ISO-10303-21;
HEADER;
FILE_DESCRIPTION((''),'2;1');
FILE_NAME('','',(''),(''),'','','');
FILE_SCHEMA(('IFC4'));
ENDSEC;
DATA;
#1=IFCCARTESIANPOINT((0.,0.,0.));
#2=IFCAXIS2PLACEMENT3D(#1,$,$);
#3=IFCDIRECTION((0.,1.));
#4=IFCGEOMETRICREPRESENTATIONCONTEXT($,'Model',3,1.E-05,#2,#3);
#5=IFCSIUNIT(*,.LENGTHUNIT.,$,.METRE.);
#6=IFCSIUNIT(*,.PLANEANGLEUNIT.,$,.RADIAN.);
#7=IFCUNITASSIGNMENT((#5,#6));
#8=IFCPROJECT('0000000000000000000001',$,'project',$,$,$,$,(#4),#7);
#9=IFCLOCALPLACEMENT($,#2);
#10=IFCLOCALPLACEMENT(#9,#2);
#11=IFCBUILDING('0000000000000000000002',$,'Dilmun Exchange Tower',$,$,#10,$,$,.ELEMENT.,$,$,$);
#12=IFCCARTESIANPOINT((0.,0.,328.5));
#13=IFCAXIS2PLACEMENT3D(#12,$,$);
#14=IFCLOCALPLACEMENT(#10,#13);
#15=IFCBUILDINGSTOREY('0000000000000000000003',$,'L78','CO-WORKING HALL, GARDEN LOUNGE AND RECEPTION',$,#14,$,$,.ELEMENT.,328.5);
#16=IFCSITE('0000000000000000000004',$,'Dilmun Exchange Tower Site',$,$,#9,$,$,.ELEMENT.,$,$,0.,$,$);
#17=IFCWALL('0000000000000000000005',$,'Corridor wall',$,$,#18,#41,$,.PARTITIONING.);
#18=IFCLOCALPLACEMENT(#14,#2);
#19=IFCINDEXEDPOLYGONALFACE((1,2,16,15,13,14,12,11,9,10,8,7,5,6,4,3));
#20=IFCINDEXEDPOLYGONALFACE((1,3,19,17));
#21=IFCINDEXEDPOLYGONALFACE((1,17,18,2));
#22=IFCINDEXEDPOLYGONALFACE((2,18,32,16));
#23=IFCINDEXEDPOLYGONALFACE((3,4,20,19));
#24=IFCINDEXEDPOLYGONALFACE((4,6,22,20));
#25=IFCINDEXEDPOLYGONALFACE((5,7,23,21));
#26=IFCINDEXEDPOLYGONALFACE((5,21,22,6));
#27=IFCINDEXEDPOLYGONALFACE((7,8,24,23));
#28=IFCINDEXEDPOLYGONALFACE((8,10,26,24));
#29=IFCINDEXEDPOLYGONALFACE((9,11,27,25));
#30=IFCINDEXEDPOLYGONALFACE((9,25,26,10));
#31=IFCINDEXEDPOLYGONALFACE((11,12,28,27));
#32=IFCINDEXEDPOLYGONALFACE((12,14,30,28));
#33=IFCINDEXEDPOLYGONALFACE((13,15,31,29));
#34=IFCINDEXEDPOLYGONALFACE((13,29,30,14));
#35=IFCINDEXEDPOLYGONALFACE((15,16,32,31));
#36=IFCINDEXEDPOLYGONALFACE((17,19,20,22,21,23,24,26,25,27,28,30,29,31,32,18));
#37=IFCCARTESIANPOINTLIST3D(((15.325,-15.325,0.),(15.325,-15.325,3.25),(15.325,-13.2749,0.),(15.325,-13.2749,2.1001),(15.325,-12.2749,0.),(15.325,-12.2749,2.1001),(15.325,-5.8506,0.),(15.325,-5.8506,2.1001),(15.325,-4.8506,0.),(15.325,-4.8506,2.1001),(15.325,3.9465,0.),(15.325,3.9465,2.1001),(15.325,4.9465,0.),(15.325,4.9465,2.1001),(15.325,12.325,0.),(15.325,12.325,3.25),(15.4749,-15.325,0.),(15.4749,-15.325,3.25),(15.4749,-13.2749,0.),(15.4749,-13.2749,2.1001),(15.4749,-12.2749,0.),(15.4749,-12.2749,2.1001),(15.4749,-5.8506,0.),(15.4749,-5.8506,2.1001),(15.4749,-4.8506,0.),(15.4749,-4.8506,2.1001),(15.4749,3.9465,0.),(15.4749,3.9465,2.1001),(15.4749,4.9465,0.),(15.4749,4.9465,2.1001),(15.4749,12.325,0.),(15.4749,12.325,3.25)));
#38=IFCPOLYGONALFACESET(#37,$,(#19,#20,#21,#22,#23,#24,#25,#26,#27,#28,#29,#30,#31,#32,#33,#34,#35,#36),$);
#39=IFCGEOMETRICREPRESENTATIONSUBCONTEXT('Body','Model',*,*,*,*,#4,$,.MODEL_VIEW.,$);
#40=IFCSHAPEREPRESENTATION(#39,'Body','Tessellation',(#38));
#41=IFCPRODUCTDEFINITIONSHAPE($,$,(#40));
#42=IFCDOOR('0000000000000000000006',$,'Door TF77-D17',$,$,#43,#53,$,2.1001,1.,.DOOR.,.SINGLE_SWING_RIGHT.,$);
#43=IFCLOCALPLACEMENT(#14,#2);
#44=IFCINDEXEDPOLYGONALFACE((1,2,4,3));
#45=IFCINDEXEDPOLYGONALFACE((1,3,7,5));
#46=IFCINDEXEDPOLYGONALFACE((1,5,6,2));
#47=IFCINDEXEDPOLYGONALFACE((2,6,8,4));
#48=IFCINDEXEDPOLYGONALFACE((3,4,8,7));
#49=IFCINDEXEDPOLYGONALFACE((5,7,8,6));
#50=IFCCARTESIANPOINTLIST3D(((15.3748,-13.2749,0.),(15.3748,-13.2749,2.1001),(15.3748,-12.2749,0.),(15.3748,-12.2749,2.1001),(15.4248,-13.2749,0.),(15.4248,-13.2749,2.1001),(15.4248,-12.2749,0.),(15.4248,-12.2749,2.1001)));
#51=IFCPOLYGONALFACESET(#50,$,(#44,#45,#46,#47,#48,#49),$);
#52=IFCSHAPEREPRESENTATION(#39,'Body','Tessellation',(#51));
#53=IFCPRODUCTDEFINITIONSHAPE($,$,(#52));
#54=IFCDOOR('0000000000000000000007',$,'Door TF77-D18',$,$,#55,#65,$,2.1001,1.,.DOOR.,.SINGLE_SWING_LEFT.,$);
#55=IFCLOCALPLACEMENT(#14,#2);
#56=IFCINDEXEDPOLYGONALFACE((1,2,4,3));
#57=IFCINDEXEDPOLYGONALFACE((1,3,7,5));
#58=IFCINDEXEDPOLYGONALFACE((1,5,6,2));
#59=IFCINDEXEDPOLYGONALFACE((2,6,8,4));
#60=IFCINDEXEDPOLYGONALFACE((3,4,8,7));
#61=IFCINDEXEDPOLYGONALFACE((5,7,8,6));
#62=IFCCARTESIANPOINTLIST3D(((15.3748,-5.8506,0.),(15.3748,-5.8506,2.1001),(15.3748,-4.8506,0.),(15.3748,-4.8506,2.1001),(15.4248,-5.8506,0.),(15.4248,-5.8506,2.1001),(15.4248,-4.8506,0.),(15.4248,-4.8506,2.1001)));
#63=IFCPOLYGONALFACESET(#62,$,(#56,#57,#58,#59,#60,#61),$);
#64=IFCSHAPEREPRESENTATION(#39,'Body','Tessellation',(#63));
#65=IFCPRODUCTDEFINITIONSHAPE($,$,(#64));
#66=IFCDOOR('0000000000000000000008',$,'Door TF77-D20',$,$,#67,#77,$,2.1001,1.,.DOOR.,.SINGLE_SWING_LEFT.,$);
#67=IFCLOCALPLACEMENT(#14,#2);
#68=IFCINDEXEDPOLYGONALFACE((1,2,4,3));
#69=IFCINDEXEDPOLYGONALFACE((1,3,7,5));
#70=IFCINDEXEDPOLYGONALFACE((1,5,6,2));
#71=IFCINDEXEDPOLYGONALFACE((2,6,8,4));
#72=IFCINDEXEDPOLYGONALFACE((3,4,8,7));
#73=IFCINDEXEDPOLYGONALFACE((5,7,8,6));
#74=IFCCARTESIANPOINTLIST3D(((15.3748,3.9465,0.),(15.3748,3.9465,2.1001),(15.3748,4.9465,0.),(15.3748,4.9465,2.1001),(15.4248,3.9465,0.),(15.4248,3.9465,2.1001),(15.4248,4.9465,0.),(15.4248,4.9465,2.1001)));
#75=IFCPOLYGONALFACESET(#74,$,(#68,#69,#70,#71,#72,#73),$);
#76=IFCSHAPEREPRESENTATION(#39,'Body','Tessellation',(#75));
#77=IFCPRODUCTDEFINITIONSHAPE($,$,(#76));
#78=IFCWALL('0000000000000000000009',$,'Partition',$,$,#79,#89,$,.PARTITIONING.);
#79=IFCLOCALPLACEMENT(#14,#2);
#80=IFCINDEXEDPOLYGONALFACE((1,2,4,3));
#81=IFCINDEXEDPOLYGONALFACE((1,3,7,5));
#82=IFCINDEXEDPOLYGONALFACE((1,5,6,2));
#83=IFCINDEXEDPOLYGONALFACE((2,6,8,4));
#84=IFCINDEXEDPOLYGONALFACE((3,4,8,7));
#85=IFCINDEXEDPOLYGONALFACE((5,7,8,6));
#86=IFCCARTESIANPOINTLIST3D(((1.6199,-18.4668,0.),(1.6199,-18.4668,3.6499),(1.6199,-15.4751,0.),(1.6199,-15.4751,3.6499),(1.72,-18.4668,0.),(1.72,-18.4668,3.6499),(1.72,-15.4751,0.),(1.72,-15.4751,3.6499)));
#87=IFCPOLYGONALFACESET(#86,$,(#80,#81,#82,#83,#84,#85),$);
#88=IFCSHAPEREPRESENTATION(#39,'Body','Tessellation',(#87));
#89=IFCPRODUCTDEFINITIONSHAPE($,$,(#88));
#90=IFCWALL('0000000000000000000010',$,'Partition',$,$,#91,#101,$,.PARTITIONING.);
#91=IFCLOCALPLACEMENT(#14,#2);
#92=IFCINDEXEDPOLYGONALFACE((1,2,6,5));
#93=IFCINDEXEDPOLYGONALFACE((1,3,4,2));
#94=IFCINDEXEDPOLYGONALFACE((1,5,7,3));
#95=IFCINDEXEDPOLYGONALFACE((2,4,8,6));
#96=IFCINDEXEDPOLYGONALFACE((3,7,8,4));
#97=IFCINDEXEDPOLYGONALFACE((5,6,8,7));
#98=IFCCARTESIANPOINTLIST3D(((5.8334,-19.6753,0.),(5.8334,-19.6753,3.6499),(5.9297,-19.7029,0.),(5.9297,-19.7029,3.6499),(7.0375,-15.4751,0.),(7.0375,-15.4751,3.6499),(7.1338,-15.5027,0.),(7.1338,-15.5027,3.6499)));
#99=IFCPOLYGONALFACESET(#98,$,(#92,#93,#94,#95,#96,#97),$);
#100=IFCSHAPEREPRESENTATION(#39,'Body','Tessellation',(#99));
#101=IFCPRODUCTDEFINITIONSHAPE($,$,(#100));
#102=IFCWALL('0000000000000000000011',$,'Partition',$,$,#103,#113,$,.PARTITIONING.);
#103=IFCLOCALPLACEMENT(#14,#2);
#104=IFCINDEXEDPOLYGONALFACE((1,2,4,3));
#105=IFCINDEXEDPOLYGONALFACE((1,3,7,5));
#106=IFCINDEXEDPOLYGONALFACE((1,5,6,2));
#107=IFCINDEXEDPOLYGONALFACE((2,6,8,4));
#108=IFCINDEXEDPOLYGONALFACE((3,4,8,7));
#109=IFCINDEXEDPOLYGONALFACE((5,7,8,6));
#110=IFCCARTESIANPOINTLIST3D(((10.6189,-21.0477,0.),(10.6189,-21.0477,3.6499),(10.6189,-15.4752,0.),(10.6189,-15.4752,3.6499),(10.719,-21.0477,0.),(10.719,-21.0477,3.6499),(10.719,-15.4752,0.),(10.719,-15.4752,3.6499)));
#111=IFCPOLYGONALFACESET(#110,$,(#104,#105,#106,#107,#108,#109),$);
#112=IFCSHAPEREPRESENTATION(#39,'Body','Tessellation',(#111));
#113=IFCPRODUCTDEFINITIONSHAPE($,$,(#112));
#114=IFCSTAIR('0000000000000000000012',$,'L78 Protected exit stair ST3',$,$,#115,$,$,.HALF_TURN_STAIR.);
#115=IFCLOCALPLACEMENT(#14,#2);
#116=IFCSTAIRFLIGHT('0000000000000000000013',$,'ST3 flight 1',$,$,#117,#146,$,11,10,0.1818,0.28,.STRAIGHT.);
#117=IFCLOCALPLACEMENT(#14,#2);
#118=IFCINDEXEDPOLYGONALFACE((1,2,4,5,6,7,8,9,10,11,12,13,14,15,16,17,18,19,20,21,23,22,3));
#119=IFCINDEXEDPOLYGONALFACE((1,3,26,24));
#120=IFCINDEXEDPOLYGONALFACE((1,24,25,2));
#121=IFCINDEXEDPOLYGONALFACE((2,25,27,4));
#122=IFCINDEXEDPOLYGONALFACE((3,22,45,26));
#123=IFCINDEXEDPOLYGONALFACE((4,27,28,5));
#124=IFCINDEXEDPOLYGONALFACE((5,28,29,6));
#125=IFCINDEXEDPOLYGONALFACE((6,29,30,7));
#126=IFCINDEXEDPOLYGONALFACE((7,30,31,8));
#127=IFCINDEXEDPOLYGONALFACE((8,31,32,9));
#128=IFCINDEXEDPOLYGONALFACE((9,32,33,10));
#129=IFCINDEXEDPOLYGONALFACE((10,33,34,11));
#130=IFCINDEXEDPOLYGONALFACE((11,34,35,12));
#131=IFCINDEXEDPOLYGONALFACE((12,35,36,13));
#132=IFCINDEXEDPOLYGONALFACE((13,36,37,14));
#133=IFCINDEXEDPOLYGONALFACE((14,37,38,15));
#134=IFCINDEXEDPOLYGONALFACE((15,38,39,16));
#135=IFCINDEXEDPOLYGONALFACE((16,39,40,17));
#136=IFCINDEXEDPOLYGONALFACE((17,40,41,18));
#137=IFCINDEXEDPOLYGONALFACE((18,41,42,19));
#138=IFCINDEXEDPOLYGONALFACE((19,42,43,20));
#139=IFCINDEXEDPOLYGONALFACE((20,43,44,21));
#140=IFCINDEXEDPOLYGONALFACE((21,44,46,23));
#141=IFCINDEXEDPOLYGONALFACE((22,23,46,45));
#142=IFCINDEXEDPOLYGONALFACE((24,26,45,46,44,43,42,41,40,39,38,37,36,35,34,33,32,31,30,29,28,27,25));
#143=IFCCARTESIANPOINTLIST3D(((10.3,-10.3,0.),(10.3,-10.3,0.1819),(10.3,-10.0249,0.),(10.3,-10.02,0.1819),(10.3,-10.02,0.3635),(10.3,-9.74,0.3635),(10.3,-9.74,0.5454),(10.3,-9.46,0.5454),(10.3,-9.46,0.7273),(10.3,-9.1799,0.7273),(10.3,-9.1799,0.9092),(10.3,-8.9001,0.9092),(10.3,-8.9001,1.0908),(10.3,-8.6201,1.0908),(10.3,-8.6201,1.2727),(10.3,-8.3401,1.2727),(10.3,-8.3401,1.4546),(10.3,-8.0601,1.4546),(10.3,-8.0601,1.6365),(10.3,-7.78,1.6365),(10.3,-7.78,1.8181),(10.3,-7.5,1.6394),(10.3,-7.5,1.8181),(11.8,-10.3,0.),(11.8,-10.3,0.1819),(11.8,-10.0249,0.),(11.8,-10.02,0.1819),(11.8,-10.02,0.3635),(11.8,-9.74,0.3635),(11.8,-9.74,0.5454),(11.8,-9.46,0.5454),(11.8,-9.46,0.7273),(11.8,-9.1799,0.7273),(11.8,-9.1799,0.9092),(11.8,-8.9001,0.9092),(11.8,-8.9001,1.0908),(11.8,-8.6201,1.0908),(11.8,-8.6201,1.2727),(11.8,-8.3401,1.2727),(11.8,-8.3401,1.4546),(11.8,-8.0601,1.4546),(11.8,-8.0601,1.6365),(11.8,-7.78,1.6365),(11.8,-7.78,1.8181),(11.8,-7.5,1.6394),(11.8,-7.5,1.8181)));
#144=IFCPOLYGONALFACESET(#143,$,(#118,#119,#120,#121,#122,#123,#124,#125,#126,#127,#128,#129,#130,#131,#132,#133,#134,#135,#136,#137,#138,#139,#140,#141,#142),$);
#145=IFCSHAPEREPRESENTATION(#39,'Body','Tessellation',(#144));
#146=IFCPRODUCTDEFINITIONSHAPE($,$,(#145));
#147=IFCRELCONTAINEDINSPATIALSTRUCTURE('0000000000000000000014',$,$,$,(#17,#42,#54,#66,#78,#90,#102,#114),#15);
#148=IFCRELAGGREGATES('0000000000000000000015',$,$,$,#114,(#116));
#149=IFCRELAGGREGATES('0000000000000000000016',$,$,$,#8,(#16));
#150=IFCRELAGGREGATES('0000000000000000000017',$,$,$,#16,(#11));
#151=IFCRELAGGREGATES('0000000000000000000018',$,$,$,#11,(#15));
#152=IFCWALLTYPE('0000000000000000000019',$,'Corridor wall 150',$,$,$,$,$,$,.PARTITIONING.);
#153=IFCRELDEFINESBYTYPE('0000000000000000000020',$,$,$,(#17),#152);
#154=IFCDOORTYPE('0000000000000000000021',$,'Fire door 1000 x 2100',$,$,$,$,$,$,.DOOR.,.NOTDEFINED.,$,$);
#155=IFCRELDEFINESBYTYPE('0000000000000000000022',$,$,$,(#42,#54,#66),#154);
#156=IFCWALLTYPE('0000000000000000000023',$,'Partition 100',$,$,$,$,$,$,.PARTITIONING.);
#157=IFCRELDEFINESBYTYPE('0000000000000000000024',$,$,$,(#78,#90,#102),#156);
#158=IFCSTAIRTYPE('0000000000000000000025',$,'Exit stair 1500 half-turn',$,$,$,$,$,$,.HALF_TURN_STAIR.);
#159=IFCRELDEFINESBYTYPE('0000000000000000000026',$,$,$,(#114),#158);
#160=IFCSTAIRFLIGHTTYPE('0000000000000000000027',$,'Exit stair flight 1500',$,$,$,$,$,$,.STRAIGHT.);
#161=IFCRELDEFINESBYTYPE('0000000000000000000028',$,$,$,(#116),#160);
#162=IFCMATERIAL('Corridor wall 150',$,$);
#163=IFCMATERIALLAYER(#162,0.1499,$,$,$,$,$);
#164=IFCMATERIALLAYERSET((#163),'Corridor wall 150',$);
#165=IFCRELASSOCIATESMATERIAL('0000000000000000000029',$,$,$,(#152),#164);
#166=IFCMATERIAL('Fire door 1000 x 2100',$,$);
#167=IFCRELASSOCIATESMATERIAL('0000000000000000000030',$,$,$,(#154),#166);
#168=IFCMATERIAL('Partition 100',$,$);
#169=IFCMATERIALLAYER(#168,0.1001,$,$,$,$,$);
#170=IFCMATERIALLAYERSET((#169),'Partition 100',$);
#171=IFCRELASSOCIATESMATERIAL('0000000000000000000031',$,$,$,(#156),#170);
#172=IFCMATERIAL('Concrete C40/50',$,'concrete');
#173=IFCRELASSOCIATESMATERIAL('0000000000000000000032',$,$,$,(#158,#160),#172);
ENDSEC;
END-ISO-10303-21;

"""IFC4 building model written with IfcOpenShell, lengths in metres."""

from ifc_helpers import new_model, si_unit, direction, frame, frame_2d, origin, place, context, subcontext, project, spatial, polyline, rectangle, outline, extrude, material, layer, layer_set, type_object, element, fill, aggregate, save


model = new_model("IFC4")

# Units and contexts
model_context = context("Model", 3, precision=1e-05, world=origin(), true_north=direction((0.0, 1.0)))
body_context = subcontext(model_context, "Body", "Model", "MODEL_VIEW")
ifc_project = project(units=[si_unit("LENGTHUNIT", "METRE"), si_unit("PLANEANGLEUNIT", "RADIAN")], contexts=[model_context])

# Site, building, storey
site_placement = place(None, origin())
site = spatial("IfcSite", under=ifc_project, at=site_placement, Name="Dilmun Exchange Tower Site", CompositionType="ELEMENT", RefElevation=0.0)
building_placement = place(site_placement, origin())
building = spatial("IfcBuilding", under=site, at=building_placement, Name="Dilmun Exchange Tower", CompositionType="ELEMENT")
storey_placement = place(building_placement, frame((0.0, 0.0, 328.5)))
storey = spatial("IfcBuildingStorey", under=building, at=storey_placement, Name="L78", Description="CO-WORKING HALL, GARDEN LOUNGE AND RECEPTION", CompositionType="ELEMENT", Elevation=328.5)

# Shared definitions
ifc_material_1 = material(Name="Concrete C40/50", Category="concrete")

# Wall, openings, doors
ifc_material_2 = material(Name="Corridor wall 150")
ifc_layer_1 = layer(ifc_material_2, 0.1499)
ifc_layer_set_1 = layer_set([ifc_layer_1], Name="Corridor wall 150")
wall_type_1 = type_object("IfcWallType", Name="Corridor wall 150", PredefinedType="PARTITIONING", material=ifc_layer_set_1)
ifc_material_3 = material(Name="Fire door 1000 x 2100")
door_type_1 = type_object("IfcDoorType", Name="Fire door 1000 x 2100", OperationType="NOTDEFINED", PredefinedType="DOOR", material=ifc_material_3)
wall_1_placement = place(storey_placement, frame((15.3999, -15.325, 0.0), z_axis=(0.0, 0.0, 1.0), x_axis=(0.0, 1.0, 0.0)))
wall_1 = element("IfcWall", 1, at=wall_1_placement, inside=storey, type_object=wall_type_1, Name="Corridor wall", PredefinedType="PARTITIONING", context=body_context, shape_type="SweptSolid", body=[
    extrude(rectangle(XDim=27.6499, YDim=0.1499, at=frame_2d((13.825, 0.0))), origin(), (0.0, 0.0, 1.0), 3.25),
])
opening_1_placement = place(wall_1_placement, frame((2.05, 0.0, 0.0)))
opening_1 = element("IfcOpeningElement", 2, at=opening_1_placement, cuts=wall_1, PredefinedType="OPENING", context=body_context, shape_type="SweptSolid", body=[
    extrude(rectangle(XDim=1.0, YDim=2.1001, at=frame_2d((0.5, 1.05))), frame((0.0, 0.085, 0.0), z_axis=(0.0, -1.0, 0.0), x_axis=(1.0, 0.0, 0.0)), (0.0, 0.0, 1.0), 0.1699),
])
opening_2_placement = place(wall_1_placement, frame((9.4744, 0.0, 0.0)))
opening_2 = element("IfcOpeningElement", 3, at=opening_2_placement, cuts=wall_1, PredefinedType="OPENING", context=body_context, shape_type="SweptSolid", body=[
    extrude(rectangle(XDim=1.0, YDim=2.1001, at=frame_2d((0.5, 1.05))), frame((0.0, 0.085, 0.0), z_axis=(0.0, -1.0, 0.0), x_axis=(1.0, 0.0, 0.0)), (0.0, 0.0, 1.0), 0.1699),
])
opening_3_placement = place(wall_1_placement, frame((19.2715, 0.0, 0.0)))
opening_3 = element("IfcOpeningElement", 4, at=opening_3_placement, cuts=wall_1, PredefinedType="OPENING", context=body_context, shape_type="SweptSolid", body=[
    extrude(rectangle(XDim=1.0, YDim=2.1001, at=frame_2d((0.5, 1.05))), frame((0.0, 0.085, 0.0), z_axis=(0.0, -1.0, 0.0), x_axis=(1.0, 0.0, 0.0)), (0.0, 0.0, 1.0), 0.1699),
])
door_1_placement = place(opening_1_placement, frame((1.0, 0.0, 0.0), z_axis=(0.0, 0.0, 1.0), x_axis=(-1.0, 0.0, 0.0)))
door_1 = element("IfcDoor", 5, at=door_1_placement, inside=storey, type_object=door_type_1, Name="Door TF77-D17", OperationType="SINGLE_SWING_RIGHT", OverallHeight=2.1001, OverallWidth=1.0, PredefinedType="DOOR", context=body_context, shape_type="SweptSolid", body=[
    extrude(rectangle(XDim=1.0, YDim=2.1001, at=frame_2d((0.5, 1.05))), frame((0.0, 0.0249, 0.0), z_axis=(0.0, -1.0, 0.0), x_axis=(1.0, 0.0, 0.0)), (0.0, 0.0, 1.0), 0.05),
])
fill(opening_1, door_1)
door_2_placement = place(opening_2_placement, frame((1.0, 0.0, 0.0), z_axis=(0.0, 0.0, 1.0), x_axis=(-1.0, 0.0, 0.0)))
door_2 = element("IfcDoor", 6, at=door_2_placement, inside=storey, type_object=door_type_1, Name="Door TF77-D18", OperationType="SINGLE_SWING_LEFT", OverallHeight=2.1001, OverallWidth=1.0, PredefinedType="DOOR", context=body_context, shape_type="SweptSolid", body=[
    extrude(rectangle(XDim=1.0, YDim=2.1001, at=frame_2d((0.5, 1.05))), frame((0.0, 0.0249, 0.0), z_axis=(0.0, -1.0, 0.0), x_axis=(1.0, 0.0, 0.0)), (0.0, 0.0, 1.0), 0.05),
])
fill(opening_2, door_2)
door_3_placement = place(opening_3_placement, frame((1.0, 0.0, 0.0), z_axis=(0.0, 0.0, 1.0), x_axis=(-1.0, 0.0, 0.0)))
door_3 = element("IfcDoor", 7, at=door_3_placement, inside=storey, type_object=door_type_1, Name="Door TF77-D20", OperationType="SINGLE_SWING_LEFT", OverallHeight=2.1001, OverallWidth=1.0, PredefinedType="DOOR", context=body_context, shape_type="SweptSolid", body=[
    extrude(rectangle(XDim=1.0, YDim=2.1001, at=frame_2d((0.5, 1.05))), frame((0.0, 0.0249, 0.0), z_axis=(0.0, -1.0, 0.0), x_axis=(1.0, 0.0, 0.0)), (0.0, 0.0, 1.0), 0.05),
])
fill(opening_3, door_3)

# Walls
ifc_material_4 = material(Name="Partition 100")
ifc_layer_2 = layer(ifc_material_4, 0.1001)
ifc_layer_set_2 = layer_set([ifc_layer_2], Name="Partition 100")
wall_type_2 = type_object("IfcWallType", Name="Partition 100", PredefinedType="PARTITIONING", material=ifc_layer_set_2)
wall_2_placement = place(storey_placement, frame((1.6699, -18.4668, 0.0), z_axis=(0.0, 0.0, 1.0), x_axis=(0.0, 1.0, 0.0)))
element("IfcWall", 8, at=wall_2_placement, inside=storey, type_object=wall_type_2, Name="Partition", PredefinedType="PARTITIONING", context=body_context, shape_type="SweptSolid", body=[
    extrude(rectangle(XDim=2.9917, YDim=0.1001, at=frame_2d((1.4958, 0.0))), origin(), (0.0, 0.0, 1.0), 3.6499),
])
wall_3_placement = place(storey_placement, frame((5.8816, -19.689, 0.0), z_axis=(0.0, 0.0, 1.0), x_axis=(0.275577, 0.961279, 0.0)))
element("IfcWall", 9, at=wall_3_placement, inside=storey, type_object=wall_type_2, Name="Partition", PredefinedType="PARTITIONING", context=body_context, shape_type="SweptSolid", body=[
    extrude(rectangle(XDim=4.3694, YDim=0.1001, at=frame_2d((2.1846, 0.0))), origin(), (0.0, 0.0, 1.0), 3.6499),
])
wall_4_placement = place(storey_placement, frame((10.6689, -21.0476, 0.0), z_axis=(0.0, 0.0, 1.0), x_axis=(0.0, 1.0, 0.0)))
element("IfcWall", 10, at=wall_4_placement, inside=storey, type_object=wall_type_2, Name="Partition", PredefinedType="PARTITIONING", context=body_context, shape_type="SweptSolid", body=[
    extrude(rectangle(XDim=5.5725, YDim=0.1001, at=frame_2d((2.7861, 0.0))), origin(), (0.0, 0.0, 1.0), 3.6499),
])

# Stair, stair flight
stair_type = type_object("IfcStairType", Name="Exit stair 1500 half-turn", PredefinedType="HALF_TURN_STAIR", material=ifc_material_1)
stair_placement = place(storey_placement, origin())
stair = element("IfcStair", 11, at=stair_placement, inside=storey, type_object=stair_type, Name="L78 Protected exit stair ST3", PredefinedType="HALF_TURN_STAIR")
stair_flight_type = type_object("IfcStairFlightType", Name="Exit stair flight 1500", PredefinedType="STRAIGHT", material=ifc_material_1)
stair_flight_placement = place(storey_placement, frame((11.05, -10.3, 0.0), z_axis=(0.0, 0.0, 1.0), x_axis=(0.0, 1.0, 0.0)))
stair_flight = element("IfcStairFlight", 12, at=stair_flight_placement, type_object=stair_flight_type, Name="ST3 flight 1", NumberOfRisers=11, NumberOfTreads=10, PredefinedType="STRAIGHT", RiserHeight=0.1818, TreadLength=0.28, context=body_context, shape_type="SweptSolid", body=[
    extrude(outline(polyline([(0.0, 0.0), (0.0, 0.1819), (0.28, 0.1819), (0.28, 0.3635), (0.5601, 0.3635), (0.5601, 0.5454), (0.8401, 0.5454), (0.8401, 0.7273), (1.1201, 0.7273), (1.1201, 0.9092), (1.3999, 0.9092), (1.3999, 1.0908), (1.6799, 1.0908), (1.6799, 1.2727), (1.96, 1.2727), (1.96, 1.4546), (2.24, 1.4546), (2.24, 1.6365), (2.52, 1.6365), (2.52, 1.8181), (2.8, 1.8181), (2.8, 2.0), (2.8, 1.6394), (0.2751, 0.0), (0.0, 0.0)])), frame((0.0, 0.75, 0.0), z_axis=(0.0, -1.0, 0.0), x_axis=(1.0, 0.0, 0.0)), (0.0, 0.0, 1.0), 1.5),
])
aggregate(stair, [stair_flight])

save(model, "model.ifc")
